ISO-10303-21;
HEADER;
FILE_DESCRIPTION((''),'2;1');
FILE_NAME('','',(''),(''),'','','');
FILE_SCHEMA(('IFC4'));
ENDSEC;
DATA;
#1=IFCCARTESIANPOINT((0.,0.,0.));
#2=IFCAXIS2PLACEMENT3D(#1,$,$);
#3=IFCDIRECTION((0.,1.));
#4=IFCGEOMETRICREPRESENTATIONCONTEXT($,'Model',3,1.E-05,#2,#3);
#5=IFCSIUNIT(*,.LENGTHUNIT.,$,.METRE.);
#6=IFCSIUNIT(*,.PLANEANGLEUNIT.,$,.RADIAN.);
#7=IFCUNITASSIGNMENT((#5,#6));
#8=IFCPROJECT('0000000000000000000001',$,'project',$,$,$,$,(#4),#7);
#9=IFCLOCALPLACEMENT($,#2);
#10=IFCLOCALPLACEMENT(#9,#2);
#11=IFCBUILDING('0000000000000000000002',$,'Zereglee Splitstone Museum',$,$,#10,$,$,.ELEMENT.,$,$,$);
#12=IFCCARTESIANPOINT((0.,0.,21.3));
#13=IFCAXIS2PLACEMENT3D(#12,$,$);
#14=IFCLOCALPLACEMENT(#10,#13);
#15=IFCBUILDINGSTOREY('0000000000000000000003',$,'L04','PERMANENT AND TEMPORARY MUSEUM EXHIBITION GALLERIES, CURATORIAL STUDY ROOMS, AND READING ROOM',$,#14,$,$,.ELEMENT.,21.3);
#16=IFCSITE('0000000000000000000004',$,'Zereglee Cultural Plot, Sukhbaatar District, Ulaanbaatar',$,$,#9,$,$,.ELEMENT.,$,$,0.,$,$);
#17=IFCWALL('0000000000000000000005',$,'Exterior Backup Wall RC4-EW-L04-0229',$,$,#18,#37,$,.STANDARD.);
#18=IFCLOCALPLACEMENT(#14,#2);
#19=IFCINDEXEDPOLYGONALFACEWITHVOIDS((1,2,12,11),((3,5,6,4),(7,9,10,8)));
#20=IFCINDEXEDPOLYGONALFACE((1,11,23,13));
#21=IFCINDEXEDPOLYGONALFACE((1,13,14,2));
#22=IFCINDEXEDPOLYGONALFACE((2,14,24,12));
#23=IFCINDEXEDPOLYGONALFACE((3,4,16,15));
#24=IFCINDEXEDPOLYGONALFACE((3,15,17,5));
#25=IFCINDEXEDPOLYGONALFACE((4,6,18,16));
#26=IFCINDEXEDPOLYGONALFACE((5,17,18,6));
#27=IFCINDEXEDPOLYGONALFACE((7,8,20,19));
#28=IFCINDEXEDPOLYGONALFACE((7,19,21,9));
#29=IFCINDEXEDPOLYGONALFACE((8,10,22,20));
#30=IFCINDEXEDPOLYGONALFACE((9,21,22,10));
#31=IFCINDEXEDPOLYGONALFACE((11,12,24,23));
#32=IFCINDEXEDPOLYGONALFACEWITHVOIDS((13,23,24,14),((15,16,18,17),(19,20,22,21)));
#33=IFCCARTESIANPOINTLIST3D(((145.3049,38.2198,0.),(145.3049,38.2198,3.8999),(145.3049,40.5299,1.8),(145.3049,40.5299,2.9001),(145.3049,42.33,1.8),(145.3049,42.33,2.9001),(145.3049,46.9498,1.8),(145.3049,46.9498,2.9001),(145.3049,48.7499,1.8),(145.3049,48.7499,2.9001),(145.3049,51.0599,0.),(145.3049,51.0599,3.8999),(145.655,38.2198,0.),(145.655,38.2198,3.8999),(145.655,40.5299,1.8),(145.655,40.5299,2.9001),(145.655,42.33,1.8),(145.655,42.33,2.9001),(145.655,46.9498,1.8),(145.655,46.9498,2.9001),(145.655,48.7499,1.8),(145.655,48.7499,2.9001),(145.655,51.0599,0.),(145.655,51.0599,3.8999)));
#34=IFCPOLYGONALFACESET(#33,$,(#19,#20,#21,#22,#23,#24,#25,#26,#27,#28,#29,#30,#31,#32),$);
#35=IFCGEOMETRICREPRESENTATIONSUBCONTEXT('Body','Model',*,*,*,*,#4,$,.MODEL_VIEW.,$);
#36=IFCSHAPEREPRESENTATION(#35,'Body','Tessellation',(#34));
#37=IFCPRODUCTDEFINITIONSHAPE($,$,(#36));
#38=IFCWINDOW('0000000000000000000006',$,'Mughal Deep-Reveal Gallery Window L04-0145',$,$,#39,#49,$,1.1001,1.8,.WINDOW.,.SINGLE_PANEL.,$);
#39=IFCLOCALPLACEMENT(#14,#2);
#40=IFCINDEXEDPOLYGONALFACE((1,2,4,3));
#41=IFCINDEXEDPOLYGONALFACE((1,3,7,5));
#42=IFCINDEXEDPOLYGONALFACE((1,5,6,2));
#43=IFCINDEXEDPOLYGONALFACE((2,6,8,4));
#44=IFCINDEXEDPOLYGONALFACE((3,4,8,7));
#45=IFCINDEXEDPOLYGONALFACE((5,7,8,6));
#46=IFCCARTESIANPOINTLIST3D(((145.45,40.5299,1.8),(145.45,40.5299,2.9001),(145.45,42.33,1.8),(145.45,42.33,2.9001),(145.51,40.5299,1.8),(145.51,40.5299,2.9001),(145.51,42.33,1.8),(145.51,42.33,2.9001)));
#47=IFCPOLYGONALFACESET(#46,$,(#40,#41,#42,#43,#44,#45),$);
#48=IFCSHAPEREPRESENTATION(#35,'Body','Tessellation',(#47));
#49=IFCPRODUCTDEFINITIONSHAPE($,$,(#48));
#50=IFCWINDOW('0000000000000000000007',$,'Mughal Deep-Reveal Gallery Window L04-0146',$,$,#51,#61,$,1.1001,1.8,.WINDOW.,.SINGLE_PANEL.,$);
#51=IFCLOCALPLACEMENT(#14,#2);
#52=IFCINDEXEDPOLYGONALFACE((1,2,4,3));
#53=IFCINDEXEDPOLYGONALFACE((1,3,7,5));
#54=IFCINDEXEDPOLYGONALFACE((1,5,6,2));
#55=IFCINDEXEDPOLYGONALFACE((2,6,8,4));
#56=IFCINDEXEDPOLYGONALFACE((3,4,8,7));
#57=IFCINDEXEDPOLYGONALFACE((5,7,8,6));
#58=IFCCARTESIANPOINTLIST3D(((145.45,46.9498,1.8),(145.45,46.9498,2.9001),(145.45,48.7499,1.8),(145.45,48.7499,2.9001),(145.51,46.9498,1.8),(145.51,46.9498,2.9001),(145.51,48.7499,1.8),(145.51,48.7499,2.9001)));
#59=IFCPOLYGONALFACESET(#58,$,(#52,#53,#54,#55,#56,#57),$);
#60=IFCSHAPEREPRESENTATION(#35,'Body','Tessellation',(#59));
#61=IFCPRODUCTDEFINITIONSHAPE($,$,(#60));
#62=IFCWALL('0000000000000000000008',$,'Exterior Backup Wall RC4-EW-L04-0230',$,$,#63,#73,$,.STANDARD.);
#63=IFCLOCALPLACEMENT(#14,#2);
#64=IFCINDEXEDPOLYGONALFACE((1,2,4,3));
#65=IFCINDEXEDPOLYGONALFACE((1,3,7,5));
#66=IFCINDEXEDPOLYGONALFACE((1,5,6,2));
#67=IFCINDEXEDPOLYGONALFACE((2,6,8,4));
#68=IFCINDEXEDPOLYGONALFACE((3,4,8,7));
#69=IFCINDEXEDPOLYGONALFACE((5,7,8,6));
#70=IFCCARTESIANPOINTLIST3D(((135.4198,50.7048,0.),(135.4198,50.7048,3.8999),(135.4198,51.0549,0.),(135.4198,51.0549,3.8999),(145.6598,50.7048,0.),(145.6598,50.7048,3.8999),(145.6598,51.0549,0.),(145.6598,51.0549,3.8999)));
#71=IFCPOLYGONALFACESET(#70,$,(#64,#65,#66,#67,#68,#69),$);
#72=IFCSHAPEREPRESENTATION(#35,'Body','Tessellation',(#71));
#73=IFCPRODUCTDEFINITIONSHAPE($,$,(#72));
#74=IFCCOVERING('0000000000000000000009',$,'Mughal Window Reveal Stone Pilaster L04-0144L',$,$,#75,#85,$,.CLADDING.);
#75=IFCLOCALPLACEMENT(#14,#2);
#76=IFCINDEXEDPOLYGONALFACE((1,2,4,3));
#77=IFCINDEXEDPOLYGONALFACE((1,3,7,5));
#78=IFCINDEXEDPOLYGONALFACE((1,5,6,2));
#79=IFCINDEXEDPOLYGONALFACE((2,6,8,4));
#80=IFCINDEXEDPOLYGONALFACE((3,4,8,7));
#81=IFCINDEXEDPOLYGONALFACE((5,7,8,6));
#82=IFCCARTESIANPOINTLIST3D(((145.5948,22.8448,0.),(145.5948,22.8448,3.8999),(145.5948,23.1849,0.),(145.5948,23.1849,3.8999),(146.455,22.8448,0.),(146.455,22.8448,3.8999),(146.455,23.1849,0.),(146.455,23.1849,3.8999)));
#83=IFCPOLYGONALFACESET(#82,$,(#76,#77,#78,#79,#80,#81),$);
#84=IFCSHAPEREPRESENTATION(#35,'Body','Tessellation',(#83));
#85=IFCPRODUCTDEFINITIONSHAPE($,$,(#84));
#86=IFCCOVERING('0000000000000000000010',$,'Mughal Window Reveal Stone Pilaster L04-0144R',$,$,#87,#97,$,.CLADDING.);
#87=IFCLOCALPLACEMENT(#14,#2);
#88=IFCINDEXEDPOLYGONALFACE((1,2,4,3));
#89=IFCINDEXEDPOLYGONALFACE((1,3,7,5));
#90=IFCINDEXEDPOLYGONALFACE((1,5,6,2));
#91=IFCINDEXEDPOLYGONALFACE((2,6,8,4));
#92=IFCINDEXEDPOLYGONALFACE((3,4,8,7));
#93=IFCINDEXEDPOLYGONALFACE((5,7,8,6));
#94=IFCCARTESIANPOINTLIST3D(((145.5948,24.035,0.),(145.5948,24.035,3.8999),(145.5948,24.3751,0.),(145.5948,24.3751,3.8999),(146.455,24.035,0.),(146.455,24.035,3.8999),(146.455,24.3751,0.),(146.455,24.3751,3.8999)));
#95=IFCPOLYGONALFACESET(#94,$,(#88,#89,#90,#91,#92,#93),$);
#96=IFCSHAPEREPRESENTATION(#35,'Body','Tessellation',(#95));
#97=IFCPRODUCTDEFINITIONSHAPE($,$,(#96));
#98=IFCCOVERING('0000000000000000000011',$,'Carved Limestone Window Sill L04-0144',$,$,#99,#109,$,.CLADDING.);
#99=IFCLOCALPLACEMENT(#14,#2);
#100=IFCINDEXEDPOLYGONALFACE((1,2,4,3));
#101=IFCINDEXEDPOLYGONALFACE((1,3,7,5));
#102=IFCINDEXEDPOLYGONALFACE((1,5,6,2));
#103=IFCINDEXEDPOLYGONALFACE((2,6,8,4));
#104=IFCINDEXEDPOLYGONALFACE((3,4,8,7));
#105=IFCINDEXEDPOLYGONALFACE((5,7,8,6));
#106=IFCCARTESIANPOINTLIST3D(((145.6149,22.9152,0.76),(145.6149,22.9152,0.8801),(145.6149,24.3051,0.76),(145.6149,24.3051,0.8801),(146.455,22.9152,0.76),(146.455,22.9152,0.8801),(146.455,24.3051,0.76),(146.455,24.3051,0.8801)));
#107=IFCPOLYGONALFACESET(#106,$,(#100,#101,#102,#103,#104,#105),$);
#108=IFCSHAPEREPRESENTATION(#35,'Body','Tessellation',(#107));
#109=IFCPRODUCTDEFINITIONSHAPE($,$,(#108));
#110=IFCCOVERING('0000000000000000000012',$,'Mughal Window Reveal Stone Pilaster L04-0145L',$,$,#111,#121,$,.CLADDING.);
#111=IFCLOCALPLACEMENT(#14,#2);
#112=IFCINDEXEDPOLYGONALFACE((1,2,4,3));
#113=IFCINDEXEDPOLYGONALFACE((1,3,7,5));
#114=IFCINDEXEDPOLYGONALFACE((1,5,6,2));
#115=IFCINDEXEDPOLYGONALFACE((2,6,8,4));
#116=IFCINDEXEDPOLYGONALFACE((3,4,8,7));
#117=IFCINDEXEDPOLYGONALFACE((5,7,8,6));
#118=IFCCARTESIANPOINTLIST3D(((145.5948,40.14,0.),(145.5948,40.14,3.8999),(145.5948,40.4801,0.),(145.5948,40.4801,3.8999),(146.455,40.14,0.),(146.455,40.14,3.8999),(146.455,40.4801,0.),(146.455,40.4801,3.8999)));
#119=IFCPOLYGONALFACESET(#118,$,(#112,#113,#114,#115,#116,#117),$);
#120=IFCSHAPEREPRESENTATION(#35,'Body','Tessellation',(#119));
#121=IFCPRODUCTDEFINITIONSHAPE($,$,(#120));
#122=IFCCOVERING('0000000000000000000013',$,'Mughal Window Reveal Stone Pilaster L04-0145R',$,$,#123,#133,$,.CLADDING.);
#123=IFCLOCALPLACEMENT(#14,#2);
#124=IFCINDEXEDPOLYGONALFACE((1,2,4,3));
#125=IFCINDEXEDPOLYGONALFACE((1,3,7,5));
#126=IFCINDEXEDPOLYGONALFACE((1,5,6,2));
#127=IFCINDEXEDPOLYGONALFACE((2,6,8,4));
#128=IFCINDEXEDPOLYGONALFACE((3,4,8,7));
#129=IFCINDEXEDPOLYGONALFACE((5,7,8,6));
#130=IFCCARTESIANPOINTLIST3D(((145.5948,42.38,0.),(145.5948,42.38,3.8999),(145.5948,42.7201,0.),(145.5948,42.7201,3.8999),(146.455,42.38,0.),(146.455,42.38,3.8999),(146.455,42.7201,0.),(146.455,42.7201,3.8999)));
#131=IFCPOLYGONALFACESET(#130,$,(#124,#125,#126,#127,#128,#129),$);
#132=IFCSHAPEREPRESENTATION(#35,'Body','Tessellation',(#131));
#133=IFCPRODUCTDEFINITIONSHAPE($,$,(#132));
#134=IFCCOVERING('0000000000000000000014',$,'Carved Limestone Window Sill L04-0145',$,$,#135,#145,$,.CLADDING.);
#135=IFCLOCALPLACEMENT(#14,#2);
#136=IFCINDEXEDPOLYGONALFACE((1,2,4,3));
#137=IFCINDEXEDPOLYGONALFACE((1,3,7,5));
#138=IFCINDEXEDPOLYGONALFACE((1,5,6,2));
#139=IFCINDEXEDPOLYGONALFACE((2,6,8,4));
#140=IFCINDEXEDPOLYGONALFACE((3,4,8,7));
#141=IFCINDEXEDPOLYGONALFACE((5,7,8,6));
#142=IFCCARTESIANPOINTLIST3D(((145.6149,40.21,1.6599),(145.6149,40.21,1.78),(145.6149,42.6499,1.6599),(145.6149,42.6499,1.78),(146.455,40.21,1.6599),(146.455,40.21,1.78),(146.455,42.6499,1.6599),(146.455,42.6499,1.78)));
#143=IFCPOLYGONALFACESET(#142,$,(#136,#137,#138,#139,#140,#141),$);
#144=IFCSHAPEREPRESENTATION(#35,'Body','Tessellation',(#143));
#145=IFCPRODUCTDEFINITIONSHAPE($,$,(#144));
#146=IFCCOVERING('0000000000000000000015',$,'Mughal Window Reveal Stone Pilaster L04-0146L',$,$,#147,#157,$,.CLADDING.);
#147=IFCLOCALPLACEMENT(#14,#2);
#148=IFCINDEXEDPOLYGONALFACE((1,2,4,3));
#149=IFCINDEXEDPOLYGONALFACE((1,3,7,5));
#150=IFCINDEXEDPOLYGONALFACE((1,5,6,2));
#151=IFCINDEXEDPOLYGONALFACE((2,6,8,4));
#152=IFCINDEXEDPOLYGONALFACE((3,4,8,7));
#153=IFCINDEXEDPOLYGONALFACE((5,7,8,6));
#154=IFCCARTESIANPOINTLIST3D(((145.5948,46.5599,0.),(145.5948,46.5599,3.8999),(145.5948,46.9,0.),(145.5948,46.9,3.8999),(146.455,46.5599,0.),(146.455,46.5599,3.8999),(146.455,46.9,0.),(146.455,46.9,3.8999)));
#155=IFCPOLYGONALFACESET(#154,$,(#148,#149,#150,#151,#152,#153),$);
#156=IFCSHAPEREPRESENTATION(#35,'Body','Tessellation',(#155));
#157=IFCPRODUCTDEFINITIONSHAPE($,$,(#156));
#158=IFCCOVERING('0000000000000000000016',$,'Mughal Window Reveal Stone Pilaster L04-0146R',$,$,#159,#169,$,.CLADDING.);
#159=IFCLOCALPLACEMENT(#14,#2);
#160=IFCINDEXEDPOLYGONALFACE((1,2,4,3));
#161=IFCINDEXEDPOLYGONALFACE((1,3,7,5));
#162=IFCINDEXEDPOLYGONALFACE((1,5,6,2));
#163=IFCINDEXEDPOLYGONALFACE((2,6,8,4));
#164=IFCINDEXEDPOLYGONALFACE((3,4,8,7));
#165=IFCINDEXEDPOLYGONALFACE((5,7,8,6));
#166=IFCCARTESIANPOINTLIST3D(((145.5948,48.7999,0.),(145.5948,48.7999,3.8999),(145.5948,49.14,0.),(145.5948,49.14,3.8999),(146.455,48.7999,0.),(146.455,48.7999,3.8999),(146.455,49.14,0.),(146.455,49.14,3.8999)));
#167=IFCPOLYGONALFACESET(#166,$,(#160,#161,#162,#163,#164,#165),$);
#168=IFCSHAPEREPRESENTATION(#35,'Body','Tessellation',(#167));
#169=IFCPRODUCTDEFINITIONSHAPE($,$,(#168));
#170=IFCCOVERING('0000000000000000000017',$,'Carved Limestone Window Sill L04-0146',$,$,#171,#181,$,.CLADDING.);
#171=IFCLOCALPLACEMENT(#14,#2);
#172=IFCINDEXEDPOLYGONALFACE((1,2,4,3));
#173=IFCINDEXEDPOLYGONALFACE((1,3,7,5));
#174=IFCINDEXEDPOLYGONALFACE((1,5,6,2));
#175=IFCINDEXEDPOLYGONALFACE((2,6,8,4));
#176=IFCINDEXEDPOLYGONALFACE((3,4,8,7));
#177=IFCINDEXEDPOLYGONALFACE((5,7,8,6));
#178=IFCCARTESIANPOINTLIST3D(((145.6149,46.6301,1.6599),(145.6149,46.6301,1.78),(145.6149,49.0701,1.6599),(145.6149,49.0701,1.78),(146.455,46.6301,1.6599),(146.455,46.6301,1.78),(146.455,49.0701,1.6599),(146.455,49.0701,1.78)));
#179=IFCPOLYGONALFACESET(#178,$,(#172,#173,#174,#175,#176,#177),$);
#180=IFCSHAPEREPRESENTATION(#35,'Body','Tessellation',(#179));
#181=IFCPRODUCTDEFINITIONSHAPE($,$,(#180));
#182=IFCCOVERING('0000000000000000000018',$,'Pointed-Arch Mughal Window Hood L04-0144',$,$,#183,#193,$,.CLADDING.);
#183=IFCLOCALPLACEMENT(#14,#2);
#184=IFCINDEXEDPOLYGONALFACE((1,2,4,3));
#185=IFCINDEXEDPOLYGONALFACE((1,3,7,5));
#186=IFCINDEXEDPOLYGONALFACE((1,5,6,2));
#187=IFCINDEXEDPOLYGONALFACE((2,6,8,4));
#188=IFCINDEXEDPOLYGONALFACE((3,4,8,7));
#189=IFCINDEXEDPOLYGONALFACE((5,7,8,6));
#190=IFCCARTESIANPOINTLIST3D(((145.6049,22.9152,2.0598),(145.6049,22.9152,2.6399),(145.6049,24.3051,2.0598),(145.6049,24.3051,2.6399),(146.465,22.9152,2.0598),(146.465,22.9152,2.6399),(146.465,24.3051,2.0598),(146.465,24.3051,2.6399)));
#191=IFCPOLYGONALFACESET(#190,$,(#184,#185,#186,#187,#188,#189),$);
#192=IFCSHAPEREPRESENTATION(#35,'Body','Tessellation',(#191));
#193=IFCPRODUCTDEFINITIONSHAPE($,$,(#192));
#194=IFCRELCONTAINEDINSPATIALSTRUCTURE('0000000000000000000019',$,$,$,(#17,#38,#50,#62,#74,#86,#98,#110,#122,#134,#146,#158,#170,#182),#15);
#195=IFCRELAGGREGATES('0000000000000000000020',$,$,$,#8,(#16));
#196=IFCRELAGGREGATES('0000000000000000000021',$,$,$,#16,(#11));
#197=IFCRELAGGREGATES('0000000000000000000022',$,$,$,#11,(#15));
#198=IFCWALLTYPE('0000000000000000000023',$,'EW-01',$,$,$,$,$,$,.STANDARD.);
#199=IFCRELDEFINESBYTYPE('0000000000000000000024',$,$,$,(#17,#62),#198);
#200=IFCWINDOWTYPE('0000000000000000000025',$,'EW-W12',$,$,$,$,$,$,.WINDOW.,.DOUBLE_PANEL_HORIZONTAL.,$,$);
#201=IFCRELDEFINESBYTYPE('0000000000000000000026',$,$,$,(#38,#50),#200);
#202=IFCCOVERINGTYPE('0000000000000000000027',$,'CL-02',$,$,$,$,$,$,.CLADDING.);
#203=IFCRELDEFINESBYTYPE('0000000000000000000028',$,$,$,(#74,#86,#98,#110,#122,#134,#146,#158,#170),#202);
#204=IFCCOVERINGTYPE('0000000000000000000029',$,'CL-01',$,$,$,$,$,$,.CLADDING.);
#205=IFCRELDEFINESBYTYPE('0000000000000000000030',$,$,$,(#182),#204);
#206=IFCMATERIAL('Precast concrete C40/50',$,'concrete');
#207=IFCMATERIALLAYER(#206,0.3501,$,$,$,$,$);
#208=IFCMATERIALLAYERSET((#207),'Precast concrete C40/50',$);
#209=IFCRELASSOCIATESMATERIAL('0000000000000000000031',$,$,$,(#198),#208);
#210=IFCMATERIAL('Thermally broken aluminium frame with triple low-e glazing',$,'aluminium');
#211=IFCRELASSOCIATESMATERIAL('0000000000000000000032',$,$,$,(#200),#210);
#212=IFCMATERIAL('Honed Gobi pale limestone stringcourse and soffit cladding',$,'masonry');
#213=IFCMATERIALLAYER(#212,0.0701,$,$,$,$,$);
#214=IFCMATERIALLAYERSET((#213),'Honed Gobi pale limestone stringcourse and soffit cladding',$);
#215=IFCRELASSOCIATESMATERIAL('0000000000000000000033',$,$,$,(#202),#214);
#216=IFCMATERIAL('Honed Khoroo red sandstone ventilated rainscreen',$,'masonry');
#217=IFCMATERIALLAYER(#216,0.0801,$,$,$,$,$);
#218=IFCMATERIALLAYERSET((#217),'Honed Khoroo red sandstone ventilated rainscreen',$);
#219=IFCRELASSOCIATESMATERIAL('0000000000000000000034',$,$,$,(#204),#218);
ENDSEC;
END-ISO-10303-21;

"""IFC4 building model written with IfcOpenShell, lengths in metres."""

from ifc_helpers import new_model, si_unit, direction, frame, frame_2d, origin, origin_2d, place, context, subcontext, project, spatial, rectangle, extrude, material, layer, layer_set, type_object, element, fill, save


model = new_model("IFC4")

# Units and contexts
model_context = context("Model", 3, precision=1e-05, world=origin(), true_north=direction((0.0, 1.0)))
body_context = subcontext(model_context, "Body", "Model", "MODEL_VIEW")
ifc_project = project(units=[si_unit("LENGTHUNIT", "METRE"), si_unit("PLANEANGLEUNIT", "RADIAN")], contexts=[model_context])

# Site, building, storey
site_placement = place(None, origin())
site = spatial("IfcSite", under=ifc_project, at=site_placement, Name="Zereglee Cultural Plot, Sukhbaatar District, Ulaanbaatar", CompositionType="ELEMENT", RefElevation=0.0)
building_placement = place(site_placement, origin())
building = spatial("IfcBuilding", under=site, at=building_placement, Name="Zereglee Splitstone Museum", CompositionType="ELEMENT")
storey_placement = place(building_placement, frame((0.0, 0.0, 21.3)))
storey = spatial("IfcBuildingStorey", under=building, at=storey_placement, Name="L04", Description="PERMANENT AND TEMPORARY MUSEUM EXHIBITION GALLERIES, CURATORIAL STUDY ROOMS, AND READING ROOM", CompositionType="ELEMENT", Elevation=21.3)

# Shared definitions
ifc_material_1 = material(Name="Precast concrete C40/50", Category="concrete")
ifc_layer_1 = layer(ifc_material_1, 0.3501)
ifc_layer_set_1 = layer_set([ifc_layer_1], Name="Precast concrete C40/50")
wall_type = type_object("IfcWallType", Name="EW-01", PredefinedType="STANDARD", material=ifc_layer_set_1)

# Wall, openings, windows
wall_1_placement = place(storey_placement, frame((145.48, 38.22, 0.0), z_axis=(0.0, 0.0, 1.0), x_axis=(0.0, 1.0, 0.0)))
wall_1 = element("IfcWall", 1, at=wall_1_placement, inside=storey, type_object=wall_type, Name="Exterior Backup Wall RC4-EW-L04-0229", PredefinedType="STANDARD", context=body_context, shape_type="SweptSolid", body=[
    extrude(rectangle(XDim=12.8401, YDim=0.3501, at=frame_2d((6.4199, 0.0))), origin(), (0.0, 0.0, 1.0), 3.8999),
])
opening_1_placement = place(wall_1_placement, frame((2.3101, 0.0, 1.8)))
opening_1 = element("IfcOpeningElement", 2, at=opening_1_placement, cuts=wall_1, PredefinedType="OPENING", context=body_context, shape_type="SweptSolid", body=[
    extrude(rectangle(XDim=1.8, YDim=1.1001, at=frame_2d((0.8999, 0.55))), frame((0.0, 0.1899, 0.0), z_axis=(0.0, -1.0, 0.0), x_axis=(1.0, 0.0, 0.0)), (0.0, 0.0, 1.0), 0.3799),
])
opening_2_placement = place(wall_1_placement, frame((8.73, 0.0, 1.8)))
opening_2 = element("IfcOpeningElement", 3, at=opening_2_placement, cuts=wall_1, PredefinedType="OPENING", context=body_context, shape_type="SweptSolid", body=[
    extrude(rectangle(XDim=1.8, YDim=1.1001, at=frame_2d((0.8999, 0.55))), frame((0.0, 0.1899, 0.0), z_axis=(0.0, -1.0, 0.0), x_axis=(1.0, 0.0, 0.0)), (0.0, 0.0, 1.0), 0.3799),
])
ifc_material_2 = material(Name="Thermally broken aluminium frame with triple low-e glazing", Category="aluminium")
window_type = type_object("IfcWindowType", Name="EW-W12", PartitioningType="DOUBLE_PANEL_HORIZONTAL", PredefinedType="WINDOW", material=ifc_material_2)
window_1_placement = place(opening_1_placement, origin())
window_1 = element("IfcWindow", 4, at=window_1_placement, inside=storey, type_object=window_type, Name="Mughal Deep-Reveal Gallery Window L04-0145", OverallHeight=1.1001, OverallWidth=1.8, PartitioningType="SINGLE_PANEL", PredefinedType="WINDOW", context=body_context, shape_type="SweptSolid", body=[
    extrude(rectangle(XDim=1.8, YDim=1.1001, at=frame_2d((0.8999, 0.55))), frame((0.0, 0.03, 0.0), z_axis=(0.0, -1.0, 0.0), x_axis=(1.0, 0.0, 0.0)), (0.0, 0.0, 1.0), 0.0601),
])
fill(opening_1, window_1)
window_2_placement = place(opening_2_placement, origin())
window_2 = element("IfcWindow", 5, at=window_2_placement, inside=storey, type_object=window_type, Name="Mughal Deep-Reveal Gallery Window L04-0146", OverallHeight=1.1001, OverallWidth=1.8, PartitioningType="SINGLE_PANEL", PredefinedType="WINDOW", context=body_context, shape_type="SweptSolid", body=[
    extrude(rectangle(XDim=1.8, YDim=1.1001, at=frame_2d((0.8999, 0.55))), frame((0.0, 0.03, 0.0), z_axis=(0.0, -1.0, 0.0), x_axis=(1.0, 0.0, 0.0)), (0.0, 0.0, 1.0), 0.0601),
])
fill(opening_2, window_2)

# Wall
wall_2_placement = place(storey_placement, frame((145.6599, 50.8799, 0.0), z_axis=(0.0, 0.0, 1.0), x_axis=(-1.0, 0.0, 0.0)))
element("IfcWall", 6, at=wall_2_placement, inside=storey, type_object=wall_type, Name="Exterior Backup Wall RC4-EW-L04-0230", PredefinedType="STANDARD", context=body_context, shape_type="SweptSolid", body=[
    extrude(rectangle(XDim=10.24, YDim=0.3501, at=frame_2d((5.1201, 0.0))), origin(), (0.0, 0.0, 1.0), 3.8999),
])

# Coverings
ifc_material_3 = material(Name="Honed Gobi pale limestone stringcourse and soffit cladding", Category="masonry")
ifc_layer_2 = layer(ifc_material_3, 0.0701)
ifc_layer_set_2 = layer_set([ifc_layer_2], Name="Honed Gobi pale limestone stringcourse and soffit cladding")
covering_type_1 = type_object("IfcCoveringType", Name="CL-02", PredefinedType="CLADDING", material=ifc_layer_set_2)
for number, where, z_axis, x_axis, name in (
    (7, (146.0249, 23.0149, 0.0), (0.0, 0.0, 1.0), (0.0, 1.0, 0.0), "Mughal Window Reveal Stone Pilaster L04-0144L"),
    (8, (146.0249, 24.2051, 0.0), (0.0, 0.0, 1.0), (0.0, 1.0, 0.0), "Mughal Window Reveal Stone Pilaster L04-0144R"),
):
    element("IfcCovering", number, at=place(storey_placement, frame(where, z_axis=z_axis, x_axis=x_axis)), inside=storey, type_object=covering_type_1, Name=name, PredefinedType="CLADDING", context=body_context, shape_type="SweptSolid", body=[
        extrude(rectangle(XDim=0.3401, YDim=0.8601, at=origin_2d()), origin(), (0.0, 0.0, 1.0), 3.8999),
    ])
covering_1_placement = place(storey_placement, frame((146.0349, 23.6101, 0.76), z_axis=(0.0, 0.0, 1.0), x_axis=(0.0, 1.0, 0.0)))
element("IfcCovering", 9, at=covering_1_placement, inside=storey, type_object=covering_type_1, Name="Carved Limestone Window Sill L04-0144", PredefinedType="CLADDING", context=body_context, shape_type="SweptSolid", body=[
    extrude(rectangle(XDim=1.3899, YDim=0.8401, at=origin_2d()), origin(), (0.0, 0.0, 1.0), 0.1201),
])
for number, where, z_axis, x_axis, name in (
    (10, (146.0249, 40.3101, 0.0), (0.0, 0.0, 1.0), (0.0, 1.0, 0.0), "Mughal Window Reveal Stone Pilaster L04-0145L"),
    (11, (146.0249, 42.55, 0.0), (0.0, 0.0, 1.0), (0.0, 1.0, 0.0), "Mughal Window Reveal Stone Pilaster L04-0145R"),
):
    element("IfcCovering", number, at=place(storey_placement, frame(where, z_axis=z_axis, x_axis=x_axis)), inside=storey, type_object=covering_type_1, Name=name, PredefinedType="CLADDING", context=body_context, shape_type="SweptSolid", body=[
        extrude(rectangle(XDim=0.3401, YDim=0.8601, at=origin_2d()), origin(), (0.0, 0.0, 1.0), 3.8999),
    ])
covering_2_placement = place(storey_placement, frame((146.0349, 41.4299, 1.6599), z_axis=(0.0, 0.0, 1.0), x_axis=(0.0, 1.0, 0.0)))
element("IfcCovering", 12, at=covering_2_placement, inside=storey, type_object=covering_type_1, Name="Carved Limestone Window Sill L04-0145", PredefinedType="CLADDING", context=body_context, shape_type="SweptSolid", body=[
    extrude(rectangle(XDim=2.4399, YDim=0.8401, at=origin_2d()), origin(), (0.0, 0.0, 1.0), 0.1201),
])
for number, where, z_axis, x_axis, name in (
    (13, (146.0249, 46.73, 0.0), (0.0, 0.0, 1.0), (0.0, 1.0, 0.0), "Mughal Window Reveal Stone Pilaster L04-0146L"),
    (14, (146.0249, 48.97, 0.0), (0.0, 0.0, 1.0), (0.0, 1.0, 0.0), "Mughal Window Reveal Stone Pilaster L04-0146R"),
):
    element("IfcCovering", number, at=place(storey_placement, frame(where, z_axis=z_axis, x_axis=x_axis)), inside=storey, type_object=covering_type_1, Name=name, PredefinedType="CLADDING", context=body_context, shape_type="SweptSolid", body=[
        extrude(rectangle(XDim=0.3401, YDim=0.8601, at=origin_2d()), origin(), (0.0, 0.0, 1.0), 3.8999),
    ])
covering_3_placement = place(storey_placement, frame((146.0349, 47.8501, 1.6599), z_axis=(0.0, 0.0, 1.0), x_axis=(0.0, 1.0, 0.0)))
element("IfcCovering", 15, at=covering_3_placement, inside=storey, type_object=covering_type_1, Name="Carved Limestone Window Sill L04-0146", PredefinedType="CLADDING", context=body_context, shape_type="SweptSolid", body=[
    extrude(rectangle(XDim=2.4399, YDim=0.8401, at=origin_2d()), origin(), (0.0, 0.0, 1.0), 0.1201),
])
ifc_material_4 = material(Name="Honed Khoroo red sandstone ventilated rainscreen", Category="masonry")
ifc_layer_3 = layer(ifc_material_4, 0.0801)
ifc_layer_set_3 = layer_set([ifc_layer_3], Name="Honed Khoroo red sandstone ventilated rainscreen")
covering_type_2 = type_object("IfcCoveringType", Name="CL-01", PredefinedType="CLADDING", material=ifc_layer_set_3)
covering_4_placement = place(storey_placement, frame((146.0349, 23.6101, 2.0598), z_axis=(0.0, 0.0, 1.0), x_axis=(0.0, 1.0, 0.0)))
element("IfcCovering", 16, at=covering_4_placement, inside=storey, type_object=covering_type_2, Name="Pointed-Arch Mughal Window Hood L04-0144", PredefinedType="CLADDING", context=body_context, shape_type="SweptSolid", body=[
    extrude(rectangle(XDim=1.3899, YDim=0.8601, at=origin_2d()), origin(), (0.0, 0.0, 1.0), 0.5801),
])

save(model, "model.ifc")
